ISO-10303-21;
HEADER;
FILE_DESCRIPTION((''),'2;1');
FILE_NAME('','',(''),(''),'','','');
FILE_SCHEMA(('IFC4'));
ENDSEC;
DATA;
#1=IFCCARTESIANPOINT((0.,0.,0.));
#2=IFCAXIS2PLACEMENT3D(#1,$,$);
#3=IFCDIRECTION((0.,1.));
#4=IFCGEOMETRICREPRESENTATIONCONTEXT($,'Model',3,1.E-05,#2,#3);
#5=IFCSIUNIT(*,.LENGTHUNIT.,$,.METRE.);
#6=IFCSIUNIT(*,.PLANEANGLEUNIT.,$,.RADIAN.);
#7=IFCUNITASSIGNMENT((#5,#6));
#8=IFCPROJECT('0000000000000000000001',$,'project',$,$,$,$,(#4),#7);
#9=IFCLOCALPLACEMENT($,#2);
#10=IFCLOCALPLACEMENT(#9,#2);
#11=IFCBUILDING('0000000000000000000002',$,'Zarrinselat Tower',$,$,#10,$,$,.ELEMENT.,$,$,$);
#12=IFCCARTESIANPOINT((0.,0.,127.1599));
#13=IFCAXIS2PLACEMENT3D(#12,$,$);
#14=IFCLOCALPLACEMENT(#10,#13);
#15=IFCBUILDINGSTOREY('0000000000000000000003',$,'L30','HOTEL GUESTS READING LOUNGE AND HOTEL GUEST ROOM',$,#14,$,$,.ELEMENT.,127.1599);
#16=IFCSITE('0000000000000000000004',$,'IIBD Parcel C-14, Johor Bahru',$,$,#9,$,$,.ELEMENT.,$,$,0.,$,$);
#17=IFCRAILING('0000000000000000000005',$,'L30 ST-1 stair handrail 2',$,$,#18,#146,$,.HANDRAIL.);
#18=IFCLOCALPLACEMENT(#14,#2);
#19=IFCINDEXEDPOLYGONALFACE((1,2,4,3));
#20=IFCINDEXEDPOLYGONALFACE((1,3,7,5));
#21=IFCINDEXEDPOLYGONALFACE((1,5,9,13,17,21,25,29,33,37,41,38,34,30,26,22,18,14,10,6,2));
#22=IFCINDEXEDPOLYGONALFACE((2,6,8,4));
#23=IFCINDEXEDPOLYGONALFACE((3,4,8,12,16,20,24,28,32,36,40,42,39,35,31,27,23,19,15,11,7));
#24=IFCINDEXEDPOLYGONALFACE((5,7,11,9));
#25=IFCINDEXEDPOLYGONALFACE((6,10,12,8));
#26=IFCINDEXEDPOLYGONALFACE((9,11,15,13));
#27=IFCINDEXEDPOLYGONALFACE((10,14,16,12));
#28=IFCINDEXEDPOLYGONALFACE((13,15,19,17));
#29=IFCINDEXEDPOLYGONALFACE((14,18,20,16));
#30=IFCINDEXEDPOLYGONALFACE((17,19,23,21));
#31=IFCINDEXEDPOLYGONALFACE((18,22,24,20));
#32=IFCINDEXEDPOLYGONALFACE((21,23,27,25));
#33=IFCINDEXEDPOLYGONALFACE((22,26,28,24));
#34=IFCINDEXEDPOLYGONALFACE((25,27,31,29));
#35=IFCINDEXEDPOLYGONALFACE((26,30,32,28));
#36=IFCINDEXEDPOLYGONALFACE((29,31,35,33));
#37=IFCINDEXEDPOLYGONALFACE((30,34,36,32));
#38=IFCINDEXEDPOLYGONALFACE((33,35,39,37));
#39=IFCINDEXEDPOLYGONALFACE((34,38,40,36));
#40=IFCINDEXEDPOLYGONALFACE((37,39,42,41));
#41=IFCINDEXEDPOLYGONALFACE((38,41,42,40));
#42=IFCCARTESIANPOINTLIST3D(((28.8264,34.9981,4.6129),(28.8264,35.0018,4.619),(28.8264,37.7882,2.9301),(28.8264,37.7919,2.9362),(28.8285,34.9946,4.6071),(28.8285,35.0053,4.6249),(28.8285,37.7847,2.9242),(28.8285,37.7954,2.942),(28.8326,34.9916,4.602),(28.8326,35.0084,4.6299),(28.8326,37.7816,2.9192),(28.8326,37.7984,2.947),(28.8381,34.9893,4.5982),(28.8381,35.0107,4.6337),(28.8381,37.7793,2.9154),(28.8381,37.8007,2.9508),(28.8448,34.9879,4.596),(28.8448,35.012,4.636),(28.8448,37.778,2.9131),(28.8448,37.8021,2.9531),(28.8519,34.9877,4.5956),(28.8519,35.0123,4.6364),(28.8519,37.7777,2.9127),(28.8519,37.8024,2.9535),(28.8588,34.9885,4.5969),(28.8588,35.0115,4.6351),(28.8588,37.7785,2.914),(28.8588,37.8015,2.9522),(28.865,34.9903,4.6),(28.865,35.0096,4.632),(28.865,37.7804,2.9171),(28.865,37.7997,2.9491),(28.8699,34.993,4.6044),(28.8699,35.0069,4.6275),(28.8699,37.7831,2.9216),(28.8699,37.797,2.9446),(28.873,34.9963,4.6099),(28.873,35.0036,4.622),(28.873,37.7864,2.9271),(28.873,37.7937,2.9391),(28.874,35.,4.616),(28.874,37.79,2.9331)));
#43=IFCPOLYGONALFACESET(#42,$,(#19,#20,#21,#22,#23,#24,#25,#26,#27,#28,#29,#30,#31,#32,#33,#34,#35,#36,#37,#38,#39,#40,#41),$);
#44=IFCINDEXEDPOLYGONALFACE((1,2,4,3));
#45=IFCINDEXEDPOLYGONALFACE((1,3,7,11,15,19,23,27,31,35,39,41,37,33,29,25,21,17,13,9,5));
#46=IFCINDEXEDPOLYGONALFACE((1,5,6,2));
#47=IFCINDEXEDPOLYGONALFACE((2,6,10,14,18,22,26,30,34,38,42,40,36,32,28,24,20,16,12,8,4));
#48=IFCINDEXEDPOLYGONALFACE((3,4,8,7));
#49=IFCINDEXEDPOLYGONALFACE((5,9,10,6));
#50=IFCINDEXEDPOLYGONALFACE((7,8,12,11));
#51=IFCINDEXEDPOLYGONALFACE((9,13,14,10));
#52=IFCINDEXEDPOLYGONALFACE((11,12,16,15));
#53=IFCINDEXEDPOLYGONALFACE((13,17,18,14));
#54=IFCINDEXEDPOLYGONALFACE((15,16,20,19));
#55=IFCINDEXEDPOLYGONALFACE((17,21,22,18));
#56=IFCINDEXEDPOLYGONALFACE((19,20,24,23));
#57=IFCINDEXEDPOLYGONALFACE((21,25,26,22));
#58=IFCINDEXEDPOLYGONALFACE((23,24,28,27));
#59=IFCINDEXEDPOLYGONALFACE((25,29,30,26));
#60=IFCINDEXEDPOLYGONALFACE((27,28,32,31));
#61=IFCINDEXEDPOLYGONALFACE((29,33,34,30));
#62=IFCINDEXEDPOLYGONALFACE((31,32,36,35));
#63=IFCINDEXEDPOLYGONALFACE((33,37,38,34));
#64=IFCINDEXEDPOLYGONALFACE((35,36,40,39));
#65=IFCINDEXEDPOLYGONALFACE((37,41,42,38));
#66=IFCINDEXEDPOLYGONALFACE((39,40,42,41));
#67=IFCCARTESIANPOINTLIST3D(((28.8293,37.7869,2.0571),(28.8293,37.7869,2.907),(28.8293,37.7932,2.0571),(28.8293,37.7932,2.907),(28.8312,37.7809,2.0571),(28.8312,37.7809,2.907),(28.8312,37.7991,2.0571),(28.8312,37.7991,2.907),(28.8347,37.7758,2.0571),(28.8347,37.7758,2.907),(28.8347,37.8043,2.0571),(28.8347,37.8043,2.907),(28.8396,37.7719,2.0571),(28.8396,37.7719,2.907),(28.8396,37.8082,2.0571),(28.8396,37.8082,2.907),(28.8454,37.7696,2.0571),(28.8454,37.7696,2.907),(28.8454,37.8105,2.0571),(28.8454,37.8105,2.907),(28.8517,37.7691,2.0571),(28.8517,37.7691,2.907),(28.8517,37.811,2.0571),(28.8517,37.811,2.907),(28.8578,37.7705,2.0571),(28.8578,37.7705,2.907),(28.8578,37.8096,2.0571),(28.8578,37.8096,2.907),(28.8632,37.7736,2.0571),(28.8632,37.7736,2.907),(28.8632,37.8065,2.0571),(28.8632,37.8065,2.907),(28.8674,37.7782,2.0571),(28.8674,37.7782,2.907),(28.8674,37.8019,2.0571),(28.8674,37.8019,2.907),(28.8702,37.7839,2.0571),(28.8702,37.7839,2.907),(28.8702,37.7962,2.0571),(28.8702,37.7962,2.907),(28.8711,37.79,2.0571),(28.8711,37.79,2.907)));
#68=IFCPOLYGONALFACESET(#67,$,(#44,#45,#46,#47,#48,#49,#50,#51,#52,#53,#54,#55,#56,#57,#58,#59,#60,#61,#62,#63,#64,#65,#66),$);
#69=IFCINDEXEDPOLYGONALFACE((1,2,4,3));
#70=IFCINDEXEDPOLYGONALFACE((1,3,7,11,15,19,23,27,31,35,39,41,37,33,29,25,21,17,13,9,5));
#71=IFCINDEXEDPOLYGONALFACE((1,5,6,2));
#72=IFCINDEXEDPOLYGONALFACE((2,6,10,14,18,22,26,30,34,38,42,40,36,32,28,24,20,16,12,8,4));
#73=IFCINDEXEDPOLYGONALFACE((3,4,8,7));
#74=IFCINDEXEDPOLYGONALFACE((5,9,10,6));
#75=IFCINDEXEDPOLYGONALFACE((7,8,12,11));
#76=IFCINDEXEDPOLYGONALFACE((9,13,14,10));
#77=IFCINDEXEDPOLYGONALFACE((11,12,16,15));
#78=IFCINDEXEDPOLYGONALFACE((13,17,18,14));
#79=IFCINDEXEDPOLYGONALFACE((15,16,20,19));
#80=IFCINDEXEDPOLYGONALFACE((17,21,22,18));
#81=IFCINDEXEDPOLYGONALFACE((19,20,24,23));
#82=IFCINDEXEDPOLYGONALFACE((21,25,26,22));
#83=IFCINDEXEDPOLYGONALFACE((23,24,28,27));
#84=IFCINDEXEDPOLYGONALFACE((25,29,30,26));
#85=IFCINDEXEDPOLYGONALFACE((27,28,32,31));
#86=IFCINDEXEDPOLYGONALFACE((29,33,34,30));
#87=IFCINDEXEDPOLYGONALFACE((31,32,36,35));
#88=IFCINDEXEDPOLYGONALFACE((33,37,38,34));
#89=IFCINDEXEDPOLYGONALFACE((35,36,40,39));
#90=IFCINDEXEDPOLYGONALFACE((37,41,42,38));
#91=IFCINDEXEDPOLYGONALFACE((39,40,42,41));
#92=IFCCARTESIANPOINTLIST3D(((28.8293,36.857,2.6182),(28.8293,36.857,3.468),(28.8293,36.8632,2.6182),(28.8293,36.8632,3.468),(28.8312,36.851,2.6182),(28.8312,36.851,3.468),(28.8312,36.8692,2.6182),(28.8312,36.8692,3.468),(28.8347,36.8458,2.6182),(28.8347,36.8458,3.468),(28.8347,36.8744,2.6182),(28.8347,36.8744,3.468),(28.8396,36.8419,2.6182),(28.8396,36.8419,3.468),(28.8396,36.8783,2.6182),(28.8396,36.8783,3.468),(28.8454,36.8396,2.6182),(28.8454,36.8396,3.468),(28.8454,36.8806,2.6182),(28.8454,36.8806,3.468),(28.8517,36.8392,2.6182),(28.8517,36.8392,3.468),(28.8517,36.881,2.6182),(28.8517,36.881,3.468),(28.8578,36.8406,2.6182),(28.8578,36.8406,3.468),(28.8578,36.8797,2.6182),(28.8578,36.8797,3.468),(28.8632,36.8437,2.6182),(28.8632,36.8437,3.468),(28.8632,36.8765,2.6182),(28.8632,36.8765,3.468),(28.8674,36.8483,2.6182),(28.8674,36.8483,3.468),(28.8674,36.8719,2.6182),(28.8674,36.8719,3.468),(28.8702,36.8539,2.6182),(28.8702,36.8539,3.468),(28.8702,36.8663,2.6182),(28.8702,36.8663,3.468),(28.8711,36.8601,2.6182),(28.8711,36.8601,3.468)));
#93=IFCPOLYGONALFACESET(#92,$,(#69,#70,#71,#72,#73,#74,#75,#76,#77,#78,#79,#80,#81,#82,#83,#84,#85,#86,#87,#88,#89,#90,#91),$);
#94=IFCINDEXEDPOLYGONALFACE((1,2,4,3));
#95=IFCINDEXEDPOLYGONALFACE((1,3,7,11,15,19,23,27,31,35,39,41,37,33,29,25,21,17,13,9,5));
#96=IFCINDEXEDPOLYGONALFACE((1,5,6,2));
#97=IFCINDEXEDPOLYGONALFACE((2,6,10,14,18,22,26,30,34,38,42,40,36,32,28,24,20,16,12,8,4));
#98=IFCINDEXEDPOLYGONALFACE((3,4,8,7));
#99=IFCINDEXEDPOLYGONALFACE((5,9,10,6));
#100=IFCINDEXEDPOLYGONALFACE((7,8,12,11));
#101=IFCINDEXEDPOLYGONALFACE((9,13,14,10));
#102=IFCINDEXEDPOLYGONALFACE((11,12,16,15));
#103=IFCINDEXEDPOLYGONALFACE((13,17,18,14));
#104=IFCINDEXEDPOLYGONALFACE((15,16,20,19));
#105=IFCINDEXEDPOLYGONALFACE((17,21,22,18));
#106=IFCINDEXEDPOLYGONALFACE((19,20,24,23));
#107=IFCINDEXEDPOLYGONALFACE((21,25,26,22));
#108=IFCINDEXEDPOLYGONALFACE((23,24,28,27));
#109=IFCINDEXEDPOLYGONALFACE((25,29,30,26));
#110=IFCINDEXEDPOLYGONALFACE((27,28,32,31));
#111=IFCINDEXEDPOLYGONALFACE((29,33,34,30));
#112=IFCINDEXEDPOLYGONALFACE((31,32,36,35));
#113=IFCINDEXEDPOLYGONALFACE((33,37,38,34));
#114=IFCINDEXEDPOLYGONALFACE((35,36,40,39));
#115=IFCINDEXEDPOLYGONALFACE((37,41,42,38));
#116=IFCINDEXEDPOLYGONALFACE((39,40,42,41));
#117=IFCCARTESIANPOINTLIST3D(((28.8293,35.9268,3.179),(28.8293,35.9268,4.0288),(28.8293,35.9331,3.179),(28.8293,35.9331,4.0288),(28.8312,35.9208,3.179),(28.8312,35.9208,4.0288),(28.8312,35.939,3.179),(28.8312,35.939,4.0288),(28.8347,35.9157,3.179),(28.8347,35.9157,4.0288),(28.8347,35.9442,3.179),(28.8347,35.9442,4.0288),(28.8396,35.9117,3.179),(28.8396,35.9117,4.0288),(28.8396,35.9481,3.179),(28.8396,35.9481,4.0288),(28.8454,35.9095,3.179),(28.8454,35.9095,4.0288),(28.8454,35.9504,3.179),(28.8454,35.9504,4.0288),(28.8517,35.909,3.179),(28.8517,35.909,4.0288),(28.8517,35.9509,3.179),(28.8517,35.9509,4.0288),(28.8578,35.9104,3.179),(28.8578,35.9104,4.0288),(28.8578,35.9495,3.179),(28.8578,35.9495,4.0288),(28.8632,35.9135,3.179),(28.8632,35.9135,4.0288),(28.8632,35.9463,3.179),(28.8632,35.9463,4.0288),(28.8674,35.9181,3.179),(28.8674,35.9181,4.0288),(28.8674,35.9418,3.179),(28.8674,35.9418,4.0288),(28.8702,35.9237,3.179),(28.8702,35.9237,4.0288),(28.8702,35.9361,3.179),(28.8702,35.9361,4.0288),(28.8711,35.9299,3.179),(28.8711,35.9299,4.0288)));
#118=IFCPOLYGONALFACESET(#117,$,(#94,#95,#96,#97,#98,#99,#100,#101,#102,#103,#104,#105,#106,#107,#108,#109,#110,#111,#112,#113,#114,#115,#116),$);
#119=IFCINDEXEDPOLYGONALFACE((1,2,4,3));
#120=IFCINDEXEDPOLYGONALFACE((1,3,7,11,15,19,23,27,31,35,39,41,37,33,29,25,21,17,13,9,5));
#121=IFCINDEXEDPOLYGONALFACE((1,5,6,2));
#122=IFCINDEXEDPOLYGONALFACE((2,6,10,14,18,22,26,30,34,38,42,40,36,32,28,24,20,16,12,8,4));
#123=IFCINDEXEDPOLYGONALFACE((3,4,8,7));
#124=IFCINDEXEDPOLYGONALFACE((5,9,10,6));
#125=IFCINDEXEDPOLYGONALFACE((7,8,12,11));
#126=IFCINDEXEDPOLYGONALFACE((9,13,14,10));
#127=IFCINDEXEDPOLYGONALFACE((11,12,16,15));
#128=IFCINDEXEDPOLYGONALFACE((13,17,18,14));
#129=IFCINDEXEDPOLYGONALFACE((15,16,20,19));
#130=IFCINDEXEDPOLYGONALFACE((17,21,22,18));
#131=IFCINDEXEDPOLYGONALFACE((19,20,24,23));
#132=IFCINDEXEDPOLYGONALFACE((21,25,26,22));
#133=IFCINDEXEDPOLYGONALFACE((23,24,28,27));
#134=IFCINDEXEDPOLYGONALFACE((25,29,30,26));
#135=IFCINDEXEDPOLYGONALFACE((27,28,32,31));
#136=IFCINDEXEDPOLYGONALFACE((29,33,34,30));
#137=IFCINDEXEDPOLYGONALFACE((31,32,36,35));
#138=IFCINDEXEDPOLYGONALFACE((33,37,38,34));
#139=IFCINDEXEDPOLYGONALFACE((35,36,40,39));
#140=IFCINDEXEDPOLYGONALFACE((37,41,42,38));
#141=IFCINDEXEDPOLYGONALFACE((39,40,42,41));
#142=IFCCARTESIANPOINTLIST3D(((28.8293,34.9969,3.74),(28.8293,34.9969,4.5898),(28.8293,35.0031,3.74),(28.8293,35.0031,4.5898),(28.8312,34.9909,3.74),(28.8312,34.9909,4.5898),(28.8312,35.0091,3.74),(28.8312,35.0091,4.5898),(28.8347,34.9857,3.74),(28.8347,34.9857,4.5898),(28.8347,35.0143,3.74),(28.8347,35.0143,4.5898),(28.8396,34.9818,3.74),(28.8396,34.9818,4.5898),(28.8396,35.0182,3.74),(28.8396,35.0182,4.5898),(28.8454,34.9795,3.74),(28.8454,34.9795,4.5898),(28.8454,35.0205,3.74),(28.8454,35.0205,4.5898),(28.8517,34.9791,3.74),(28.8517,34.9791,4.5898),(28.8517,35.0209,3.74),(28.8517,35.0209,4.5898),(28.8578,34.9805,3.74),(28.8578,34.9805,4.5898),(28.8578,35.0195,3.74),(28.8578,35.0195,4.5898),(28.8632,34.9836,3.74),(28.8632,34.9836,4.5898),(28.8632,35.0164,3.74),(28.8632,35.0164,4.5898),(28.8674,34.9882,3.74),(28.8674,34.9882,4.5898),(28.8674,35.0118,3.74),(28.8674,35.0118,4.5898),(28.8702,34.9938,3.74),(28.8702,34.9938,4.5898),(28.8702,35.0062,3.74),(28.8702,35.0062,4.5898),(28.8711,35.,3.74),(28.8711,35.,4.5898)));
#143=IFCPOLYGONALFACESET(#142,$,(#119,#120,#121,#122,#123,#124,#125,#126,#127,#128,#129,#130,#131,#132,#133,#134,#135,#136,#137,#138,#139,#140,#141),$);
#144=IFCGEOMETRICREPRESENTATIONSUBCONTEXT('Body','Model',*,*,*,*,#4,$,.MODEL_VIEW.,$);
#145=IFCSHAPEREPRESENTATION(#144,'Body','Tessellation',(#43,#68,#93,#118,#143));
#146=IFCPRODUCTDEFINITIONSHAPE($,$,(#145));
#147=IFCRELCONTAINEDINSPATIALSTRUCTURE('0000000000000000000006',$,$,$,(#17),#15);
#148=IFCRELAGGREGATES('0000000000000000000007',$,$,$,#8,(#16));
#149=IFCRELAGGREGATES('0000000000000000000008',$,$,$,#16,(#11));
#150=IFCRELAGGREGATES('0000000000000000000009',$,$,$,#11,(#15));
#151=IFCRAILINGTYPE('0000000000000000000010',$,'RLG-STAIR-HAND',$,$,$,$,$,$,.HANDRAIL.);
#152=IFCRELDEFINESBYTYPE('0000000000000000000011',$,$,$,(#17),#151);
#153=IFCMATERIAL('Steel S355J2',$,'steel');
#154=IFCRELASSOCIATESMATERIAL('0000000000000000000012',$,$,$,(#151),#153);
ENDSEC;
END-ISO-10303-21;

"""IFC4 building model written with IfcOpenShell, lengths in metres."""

from ifc_helpers import new_model, si_unit, direction, frame, origin, origin_2d, place, context, subcontext, project, spatial, circle, extrude, material, type_object, element, save


model = new_model("IFC4")

# Units and contexts
model_context = context("Model", 3, precision=1e-05, world=origin(), true_north=direction((0.0, 1.0)))
body_context = subcontext(model_context, "Body", "Model", "MODEL_VIEW")
ifc_project = project(units=[si_unit("LENGTHUNIT", "METRE"), si_unit("PLANEANGLEUNIT", "RADIAN")], contexts=[model_context])

# Site, building, storey
site_placement = place(None, origin())
site = spatial("IfcSite", under=ifc_project, at=site_placement, Name="IIBD Parcel C-14, Johor Bahru", CompositionType="ELEMENT", RefElevation=0.0)
building_placement = place(site_placement, origin())
building = spatial("IfcBuilding", under=site, at=building_placement, Name="Zarrinselat Tower", CompositionType="ELEMENT")
storey_placement = place(building_placement, frame((0.0, 0.0, 127.1599)))
storey = spatial("IfcBuildingStorey", under=building, at=storey_placement, Name="L30", Description="HOTEL GUESTS READING LOUNGE AND HOTEL GUEST ROOM", CompositionType="ELEMENT", Elevation=127.1599)

# Railing
ifc_material_1 = material(Name="Steel S355J2", Category="steel")
railing_type_1 = type_object("IfcRailingType", Name="RLG-STAIR-HAND", PredefinedType="HANDRAIL", material=ifc_material_1)
railing_1_placement = place(storey_placement, frame((28.8501, 37.79, 2.0571)))
element("IfcRailing", 1, at=railing_1_placement, inside=storey, type_object=railing_type_1, Name="L30 ST-1 stair handrail 2", PredefinedType="HANDRAIL", context=body_context, shape_type="SweptSolid", body=[
    extrude(circle(Radius=0.0239, at=origin_2d()), frame((0.0, 0.0, 0.876), z_axis=(0.0, -0.856294, 0.516489), x_axis=(1.0, 0.0, 0.0)), (0.0, 0.0, 1.0), 3.2583),
    extrude(circle(Radius=0.021, at=origin_2d()), origin(), (0.0, 0.0, 1.0), 0.8499),
    extrude(circle(Radius=0.021, at=origin_2d()), frame((0.0, -0.9299, 0.561)), (0.0, 0.0, 1.0), 0.8499),
    extrude(circle(Radius=0.021, at=origin_2d()), frame((0.0, -1.8601, 1.1218)), (0.0, 0.0, 1.0), 0.8499),
    extrude(circle(Radius=0.021, at=origin_2d()), frame((0.0, -2.79, 1.6829)), (0.0, 0.0, 1.0), 0.8499),
])

save(model, "model.ifc")
